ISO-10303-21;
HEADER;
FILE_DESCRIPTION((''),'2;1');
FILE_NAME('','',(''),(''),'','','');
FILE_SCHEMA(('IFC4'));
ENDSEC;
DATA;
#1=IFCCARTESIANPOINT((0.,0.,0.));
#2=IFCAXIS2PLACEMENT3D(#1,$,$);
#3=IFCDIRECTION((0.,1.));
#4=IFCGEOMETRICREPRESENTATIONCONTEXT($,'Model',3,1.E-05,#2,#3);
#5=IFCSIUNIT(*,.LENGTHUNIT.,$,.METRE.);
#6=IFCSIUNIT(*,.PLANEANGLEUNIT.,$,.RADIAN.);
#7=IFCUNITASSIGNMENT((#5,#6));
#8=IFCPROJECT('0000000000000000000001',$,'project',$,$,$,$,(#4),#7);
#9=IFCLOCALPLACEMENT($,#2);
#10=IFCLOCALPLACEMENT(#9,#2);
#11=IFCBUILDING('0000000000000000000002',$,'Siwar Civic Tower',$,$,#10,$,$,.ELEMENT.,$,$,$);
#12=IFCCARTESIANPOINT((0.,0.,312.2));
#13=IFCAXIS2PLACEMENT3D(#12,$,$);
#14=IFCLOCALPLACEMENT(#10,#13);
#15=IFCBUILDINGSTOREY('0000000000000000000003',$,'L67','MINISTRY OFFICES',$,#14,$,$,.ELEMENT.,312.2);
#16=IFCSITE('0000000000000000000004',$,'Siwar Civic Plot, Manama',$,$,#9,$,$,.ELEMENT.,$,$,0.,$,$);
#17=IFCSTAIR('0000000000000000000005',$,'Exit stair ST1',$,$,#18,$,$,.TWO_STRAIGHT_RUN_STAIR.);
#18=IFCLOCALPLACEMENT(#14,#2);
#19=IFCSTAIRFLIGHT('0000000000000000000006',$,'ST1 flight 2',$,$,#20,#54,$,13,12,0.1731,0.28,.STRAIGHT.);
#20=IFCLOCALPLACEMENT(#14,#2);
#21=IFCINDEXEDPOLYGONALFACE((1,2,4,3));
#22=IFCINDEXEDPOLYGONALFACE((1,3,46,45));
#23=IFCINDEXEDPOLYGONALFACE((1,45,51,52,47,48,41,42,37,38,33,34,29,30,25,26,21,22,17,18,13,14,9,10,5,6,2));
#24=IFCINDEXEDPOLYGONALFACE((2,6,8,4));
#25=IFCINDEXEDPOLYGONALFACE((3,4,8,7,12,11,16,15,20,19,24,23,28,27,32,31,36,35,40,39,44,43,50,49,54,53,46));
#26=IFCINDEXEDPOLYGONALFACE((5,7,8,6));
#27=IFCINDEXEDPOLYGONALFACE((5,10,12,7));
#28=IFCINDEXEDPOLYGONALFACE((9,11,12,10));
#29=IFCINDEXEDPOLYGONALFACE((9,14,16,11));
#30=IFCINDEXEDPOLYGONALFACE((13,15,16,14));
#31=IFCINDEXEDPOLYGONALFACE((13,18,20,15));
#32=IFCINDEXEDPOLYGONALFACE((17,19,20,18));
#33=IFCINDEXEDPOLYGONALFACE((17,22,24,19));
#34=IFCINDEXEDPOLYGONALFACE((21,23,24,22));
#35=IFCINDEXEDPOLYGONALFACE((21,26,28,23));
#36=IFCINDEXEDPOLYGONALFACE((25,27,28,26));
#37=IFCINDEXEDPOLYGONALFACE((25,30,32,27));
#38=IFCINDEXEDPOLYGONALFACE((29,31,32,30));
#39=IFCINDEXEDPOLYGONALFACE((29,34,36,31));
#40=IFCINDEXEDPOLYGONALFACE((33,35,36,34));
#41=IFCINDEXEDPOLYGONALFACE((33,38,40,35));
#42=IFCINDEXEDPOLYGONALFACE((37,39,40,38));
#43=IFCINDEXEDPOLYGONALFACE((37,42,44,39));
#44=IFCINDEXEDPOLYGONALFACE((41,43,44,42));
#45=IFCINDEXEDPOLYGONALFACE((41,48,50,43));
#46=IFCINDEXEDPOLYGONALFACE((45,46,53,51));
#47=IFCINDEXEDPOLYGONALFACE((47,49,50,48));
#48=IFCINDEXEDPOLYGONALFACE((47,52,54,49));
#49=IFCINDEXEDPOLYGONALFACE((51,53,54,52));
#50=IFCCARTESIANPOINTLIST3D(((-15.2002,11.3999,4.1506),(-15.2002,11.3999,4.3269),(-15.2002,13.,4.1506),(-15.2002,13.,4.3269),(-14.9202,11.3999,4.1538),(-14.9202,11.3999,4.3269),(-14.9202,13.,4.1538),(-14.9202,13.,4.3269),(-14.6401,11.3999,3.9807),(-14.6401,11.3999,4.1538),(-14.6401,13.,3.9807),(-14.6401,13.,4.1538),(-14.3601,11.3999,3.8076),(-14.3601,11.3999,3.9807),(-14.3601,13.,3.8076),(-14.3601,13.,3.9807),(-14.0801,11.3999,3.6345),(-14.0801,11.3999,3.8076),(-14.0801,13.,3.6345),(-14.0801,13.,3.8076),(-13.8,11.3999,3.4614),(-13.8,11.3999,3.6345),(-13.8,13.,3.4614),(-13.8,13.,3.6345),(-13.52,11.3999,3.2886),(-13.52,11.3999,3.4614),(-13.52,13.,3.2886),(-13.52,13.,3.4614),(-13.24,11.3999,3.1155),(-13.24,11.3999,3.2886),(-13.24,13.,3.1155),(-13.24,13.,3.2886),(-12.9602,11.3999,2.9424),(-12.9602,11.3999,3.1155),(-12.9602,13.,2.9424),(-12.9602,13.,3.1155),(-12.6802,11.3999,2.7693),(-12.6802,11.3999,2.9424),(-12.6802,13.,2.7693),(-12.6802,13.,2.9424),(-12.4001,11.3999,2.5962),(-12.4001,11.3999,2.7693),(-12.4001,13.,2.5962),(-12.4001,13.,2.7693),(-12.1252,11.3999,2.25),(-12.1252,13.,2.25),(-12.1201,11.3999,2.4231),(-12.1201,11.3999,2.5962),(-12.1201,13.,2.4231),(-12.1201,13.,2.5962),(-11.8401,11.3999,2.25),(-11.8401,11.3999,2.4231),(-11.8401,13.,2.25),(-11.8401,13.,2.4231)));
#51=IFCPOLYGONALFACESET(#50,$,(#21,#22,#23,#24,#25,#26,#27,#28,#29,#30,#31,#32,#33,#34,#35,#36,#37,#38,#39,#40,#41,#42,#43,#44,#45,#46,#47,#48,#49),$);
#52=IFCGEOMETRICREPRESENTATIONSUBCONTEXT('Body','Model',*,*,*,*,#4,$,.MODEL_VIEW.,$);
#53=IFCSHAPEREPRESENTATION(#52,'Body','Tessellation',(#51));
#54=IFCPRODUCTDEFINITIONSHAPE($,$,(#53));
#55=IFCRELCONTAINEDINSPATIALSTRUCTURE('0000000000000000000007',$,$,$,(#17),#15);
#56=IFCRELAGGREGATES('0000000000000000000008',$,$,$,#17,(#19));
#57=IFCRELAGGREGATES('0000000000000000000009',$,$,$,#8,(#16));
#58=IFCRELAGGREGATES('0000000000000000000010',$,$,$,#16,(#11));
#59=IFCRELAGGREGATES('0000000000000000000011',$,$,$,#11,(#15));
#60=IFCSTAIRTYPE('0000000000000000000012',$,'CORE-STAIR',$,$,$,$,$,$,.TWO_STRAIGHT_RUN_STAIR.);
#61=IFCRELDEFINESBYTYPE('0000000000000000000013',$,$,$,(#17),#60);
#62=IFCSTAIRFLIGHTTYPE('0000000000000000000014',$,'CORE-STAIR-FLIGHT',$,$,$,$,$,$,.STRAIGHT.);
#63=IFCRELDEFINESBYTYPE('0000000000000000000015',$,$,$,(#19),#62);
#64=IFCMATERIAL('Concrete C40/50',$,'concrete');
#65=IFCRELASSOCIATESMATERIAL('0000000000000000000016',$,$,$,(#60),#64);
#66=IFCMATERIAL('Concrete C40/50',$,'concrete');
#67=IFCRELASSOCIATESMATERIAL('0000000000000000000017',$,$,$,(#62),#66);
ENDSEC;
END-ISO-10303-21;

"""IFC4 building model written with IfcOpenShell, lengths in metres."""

from ifc_helpers import new_model, si_unit, direction, frame, origin, place, context, subcontext, project, spatial, polyline, outline, extrude, material, type_object, element, aggregate, save


model = new_model("IFC4")

# Units and contexts
model_context = context("Model", 3, precision=1e-05, world=origin(), true_north=direction((0.0, 1.0)))
body_context = subcontext(model_context, "Body", "Model", "MODEL_VIEW")
ifc_project = project(units=[si_unit("LENGTHUNIT", "METRE"), si_unit("PLANEANGLEUNIT", "RADIAN")], contexts=[model_context])

# Site, building, storey
site_placement = place(None, origin())
site = spatial("IfcSite", under=ifc_project, at=site_placement, Name="Siwar Civic Plot, Manama", CompositionType="ELEMENT", RefElevation=0.0)
building_placement = place(site_placement, origin())
building = spatial("IfcBuilding", under=site, at=building_placement, Name="Siwar Civic Tower", CompositionType="ELEMENT")
storey_placement = place(building_placement, frame((0.0, 0.0, 312.2)))
storey = spatial("IfcBuildingStorey", under=building, at=storey_placement, Name="L67", Description="MINISTRY OFFICES", CompositionType="ELEMENT", Elevation=312.2)

# Stair, stair flight
ifc_material_1 = material(Name="Concrete C40/50", Category="concrete")
stair_type = type_object("IfcStairType", Name="CORE-STAIR", PredefinedType="TWO_STRAIGHT_RUN_STAIR", material=ifc_material_1)
stair_placement = place(storey_placement, origin())
stair = element("IfcStair", 1, at=stair_placement, inside=storey, type_object=stair_type, Name="Exit stair ST1", PredefinedType="TWO_STRAIGHT_RUN_STAIR")
ifc_material_2 = material(Name="Concrete C40/50", Category="concrete")
stair_flight_type = type_object("IfcStairFlightType", Name="CORE-STAIR-FLIGHT", PredefinedType="STRAIGHT", material=ifc_material_2)
stair_flight_placement = place(storey_placement, frame((-11.8401, 12.2, 2.25), z_axis=(0.0, 0.0, 1.0), x_axis=(-1.0, 0.0, 0.0)))
stair_flight = element("IfcStairFlight", 2, at=stair_flight_placement, type_object=stair_flight_type, Name="ST1 flight 2", NumberOfRisers=13, NumberOfTreads=12, PredefinedType="STRAIGHT", RiserHeight=0.1731, TreadLength=0.28, context=body_context, shape_type="SweptSolid", body=[
    extrude(outline(polyline([(0.0, 0.0), (0.0, 0.1731), (0.28, 0.1731), (0.28, 0.3462), (0.5601, 0.3462), (0.5601, 0.5193), (0.8401, 0.5193), (0.8401, 0.6924), (1.1201, 0.6924), (1.1201, 0.8655), (1.3999, 0.8655), (1.3999, 1.0386), (1.6799, 1.0386), (1.6799, 1.2114), (1.96, 1.2114), (1.96, 1.3845), (2.24, 1.3845), (2.24, 1.5576), (2.52, 1.5576), (2.52, 1.7307), (2.8, 1.7307), (2.8, 1.9038), (3.0801, 1.9038), (3.0801, 2.0769), (3.3601, 2.0769), (3.3601, 2.25), (3.3601, 1.9006), (0.2852, 0.0), (0.0, 0.0)])), frame((0.0, 0.8, 0.0), z_axis=(0.0, -1.0, 0.0), x_axis=(1.0, 0.0, 0.0)), (0.0, 0.0, 1.0), 1.6001),
])
aggregate(stair, [stair_flight])

save(model, "model.ifc")
